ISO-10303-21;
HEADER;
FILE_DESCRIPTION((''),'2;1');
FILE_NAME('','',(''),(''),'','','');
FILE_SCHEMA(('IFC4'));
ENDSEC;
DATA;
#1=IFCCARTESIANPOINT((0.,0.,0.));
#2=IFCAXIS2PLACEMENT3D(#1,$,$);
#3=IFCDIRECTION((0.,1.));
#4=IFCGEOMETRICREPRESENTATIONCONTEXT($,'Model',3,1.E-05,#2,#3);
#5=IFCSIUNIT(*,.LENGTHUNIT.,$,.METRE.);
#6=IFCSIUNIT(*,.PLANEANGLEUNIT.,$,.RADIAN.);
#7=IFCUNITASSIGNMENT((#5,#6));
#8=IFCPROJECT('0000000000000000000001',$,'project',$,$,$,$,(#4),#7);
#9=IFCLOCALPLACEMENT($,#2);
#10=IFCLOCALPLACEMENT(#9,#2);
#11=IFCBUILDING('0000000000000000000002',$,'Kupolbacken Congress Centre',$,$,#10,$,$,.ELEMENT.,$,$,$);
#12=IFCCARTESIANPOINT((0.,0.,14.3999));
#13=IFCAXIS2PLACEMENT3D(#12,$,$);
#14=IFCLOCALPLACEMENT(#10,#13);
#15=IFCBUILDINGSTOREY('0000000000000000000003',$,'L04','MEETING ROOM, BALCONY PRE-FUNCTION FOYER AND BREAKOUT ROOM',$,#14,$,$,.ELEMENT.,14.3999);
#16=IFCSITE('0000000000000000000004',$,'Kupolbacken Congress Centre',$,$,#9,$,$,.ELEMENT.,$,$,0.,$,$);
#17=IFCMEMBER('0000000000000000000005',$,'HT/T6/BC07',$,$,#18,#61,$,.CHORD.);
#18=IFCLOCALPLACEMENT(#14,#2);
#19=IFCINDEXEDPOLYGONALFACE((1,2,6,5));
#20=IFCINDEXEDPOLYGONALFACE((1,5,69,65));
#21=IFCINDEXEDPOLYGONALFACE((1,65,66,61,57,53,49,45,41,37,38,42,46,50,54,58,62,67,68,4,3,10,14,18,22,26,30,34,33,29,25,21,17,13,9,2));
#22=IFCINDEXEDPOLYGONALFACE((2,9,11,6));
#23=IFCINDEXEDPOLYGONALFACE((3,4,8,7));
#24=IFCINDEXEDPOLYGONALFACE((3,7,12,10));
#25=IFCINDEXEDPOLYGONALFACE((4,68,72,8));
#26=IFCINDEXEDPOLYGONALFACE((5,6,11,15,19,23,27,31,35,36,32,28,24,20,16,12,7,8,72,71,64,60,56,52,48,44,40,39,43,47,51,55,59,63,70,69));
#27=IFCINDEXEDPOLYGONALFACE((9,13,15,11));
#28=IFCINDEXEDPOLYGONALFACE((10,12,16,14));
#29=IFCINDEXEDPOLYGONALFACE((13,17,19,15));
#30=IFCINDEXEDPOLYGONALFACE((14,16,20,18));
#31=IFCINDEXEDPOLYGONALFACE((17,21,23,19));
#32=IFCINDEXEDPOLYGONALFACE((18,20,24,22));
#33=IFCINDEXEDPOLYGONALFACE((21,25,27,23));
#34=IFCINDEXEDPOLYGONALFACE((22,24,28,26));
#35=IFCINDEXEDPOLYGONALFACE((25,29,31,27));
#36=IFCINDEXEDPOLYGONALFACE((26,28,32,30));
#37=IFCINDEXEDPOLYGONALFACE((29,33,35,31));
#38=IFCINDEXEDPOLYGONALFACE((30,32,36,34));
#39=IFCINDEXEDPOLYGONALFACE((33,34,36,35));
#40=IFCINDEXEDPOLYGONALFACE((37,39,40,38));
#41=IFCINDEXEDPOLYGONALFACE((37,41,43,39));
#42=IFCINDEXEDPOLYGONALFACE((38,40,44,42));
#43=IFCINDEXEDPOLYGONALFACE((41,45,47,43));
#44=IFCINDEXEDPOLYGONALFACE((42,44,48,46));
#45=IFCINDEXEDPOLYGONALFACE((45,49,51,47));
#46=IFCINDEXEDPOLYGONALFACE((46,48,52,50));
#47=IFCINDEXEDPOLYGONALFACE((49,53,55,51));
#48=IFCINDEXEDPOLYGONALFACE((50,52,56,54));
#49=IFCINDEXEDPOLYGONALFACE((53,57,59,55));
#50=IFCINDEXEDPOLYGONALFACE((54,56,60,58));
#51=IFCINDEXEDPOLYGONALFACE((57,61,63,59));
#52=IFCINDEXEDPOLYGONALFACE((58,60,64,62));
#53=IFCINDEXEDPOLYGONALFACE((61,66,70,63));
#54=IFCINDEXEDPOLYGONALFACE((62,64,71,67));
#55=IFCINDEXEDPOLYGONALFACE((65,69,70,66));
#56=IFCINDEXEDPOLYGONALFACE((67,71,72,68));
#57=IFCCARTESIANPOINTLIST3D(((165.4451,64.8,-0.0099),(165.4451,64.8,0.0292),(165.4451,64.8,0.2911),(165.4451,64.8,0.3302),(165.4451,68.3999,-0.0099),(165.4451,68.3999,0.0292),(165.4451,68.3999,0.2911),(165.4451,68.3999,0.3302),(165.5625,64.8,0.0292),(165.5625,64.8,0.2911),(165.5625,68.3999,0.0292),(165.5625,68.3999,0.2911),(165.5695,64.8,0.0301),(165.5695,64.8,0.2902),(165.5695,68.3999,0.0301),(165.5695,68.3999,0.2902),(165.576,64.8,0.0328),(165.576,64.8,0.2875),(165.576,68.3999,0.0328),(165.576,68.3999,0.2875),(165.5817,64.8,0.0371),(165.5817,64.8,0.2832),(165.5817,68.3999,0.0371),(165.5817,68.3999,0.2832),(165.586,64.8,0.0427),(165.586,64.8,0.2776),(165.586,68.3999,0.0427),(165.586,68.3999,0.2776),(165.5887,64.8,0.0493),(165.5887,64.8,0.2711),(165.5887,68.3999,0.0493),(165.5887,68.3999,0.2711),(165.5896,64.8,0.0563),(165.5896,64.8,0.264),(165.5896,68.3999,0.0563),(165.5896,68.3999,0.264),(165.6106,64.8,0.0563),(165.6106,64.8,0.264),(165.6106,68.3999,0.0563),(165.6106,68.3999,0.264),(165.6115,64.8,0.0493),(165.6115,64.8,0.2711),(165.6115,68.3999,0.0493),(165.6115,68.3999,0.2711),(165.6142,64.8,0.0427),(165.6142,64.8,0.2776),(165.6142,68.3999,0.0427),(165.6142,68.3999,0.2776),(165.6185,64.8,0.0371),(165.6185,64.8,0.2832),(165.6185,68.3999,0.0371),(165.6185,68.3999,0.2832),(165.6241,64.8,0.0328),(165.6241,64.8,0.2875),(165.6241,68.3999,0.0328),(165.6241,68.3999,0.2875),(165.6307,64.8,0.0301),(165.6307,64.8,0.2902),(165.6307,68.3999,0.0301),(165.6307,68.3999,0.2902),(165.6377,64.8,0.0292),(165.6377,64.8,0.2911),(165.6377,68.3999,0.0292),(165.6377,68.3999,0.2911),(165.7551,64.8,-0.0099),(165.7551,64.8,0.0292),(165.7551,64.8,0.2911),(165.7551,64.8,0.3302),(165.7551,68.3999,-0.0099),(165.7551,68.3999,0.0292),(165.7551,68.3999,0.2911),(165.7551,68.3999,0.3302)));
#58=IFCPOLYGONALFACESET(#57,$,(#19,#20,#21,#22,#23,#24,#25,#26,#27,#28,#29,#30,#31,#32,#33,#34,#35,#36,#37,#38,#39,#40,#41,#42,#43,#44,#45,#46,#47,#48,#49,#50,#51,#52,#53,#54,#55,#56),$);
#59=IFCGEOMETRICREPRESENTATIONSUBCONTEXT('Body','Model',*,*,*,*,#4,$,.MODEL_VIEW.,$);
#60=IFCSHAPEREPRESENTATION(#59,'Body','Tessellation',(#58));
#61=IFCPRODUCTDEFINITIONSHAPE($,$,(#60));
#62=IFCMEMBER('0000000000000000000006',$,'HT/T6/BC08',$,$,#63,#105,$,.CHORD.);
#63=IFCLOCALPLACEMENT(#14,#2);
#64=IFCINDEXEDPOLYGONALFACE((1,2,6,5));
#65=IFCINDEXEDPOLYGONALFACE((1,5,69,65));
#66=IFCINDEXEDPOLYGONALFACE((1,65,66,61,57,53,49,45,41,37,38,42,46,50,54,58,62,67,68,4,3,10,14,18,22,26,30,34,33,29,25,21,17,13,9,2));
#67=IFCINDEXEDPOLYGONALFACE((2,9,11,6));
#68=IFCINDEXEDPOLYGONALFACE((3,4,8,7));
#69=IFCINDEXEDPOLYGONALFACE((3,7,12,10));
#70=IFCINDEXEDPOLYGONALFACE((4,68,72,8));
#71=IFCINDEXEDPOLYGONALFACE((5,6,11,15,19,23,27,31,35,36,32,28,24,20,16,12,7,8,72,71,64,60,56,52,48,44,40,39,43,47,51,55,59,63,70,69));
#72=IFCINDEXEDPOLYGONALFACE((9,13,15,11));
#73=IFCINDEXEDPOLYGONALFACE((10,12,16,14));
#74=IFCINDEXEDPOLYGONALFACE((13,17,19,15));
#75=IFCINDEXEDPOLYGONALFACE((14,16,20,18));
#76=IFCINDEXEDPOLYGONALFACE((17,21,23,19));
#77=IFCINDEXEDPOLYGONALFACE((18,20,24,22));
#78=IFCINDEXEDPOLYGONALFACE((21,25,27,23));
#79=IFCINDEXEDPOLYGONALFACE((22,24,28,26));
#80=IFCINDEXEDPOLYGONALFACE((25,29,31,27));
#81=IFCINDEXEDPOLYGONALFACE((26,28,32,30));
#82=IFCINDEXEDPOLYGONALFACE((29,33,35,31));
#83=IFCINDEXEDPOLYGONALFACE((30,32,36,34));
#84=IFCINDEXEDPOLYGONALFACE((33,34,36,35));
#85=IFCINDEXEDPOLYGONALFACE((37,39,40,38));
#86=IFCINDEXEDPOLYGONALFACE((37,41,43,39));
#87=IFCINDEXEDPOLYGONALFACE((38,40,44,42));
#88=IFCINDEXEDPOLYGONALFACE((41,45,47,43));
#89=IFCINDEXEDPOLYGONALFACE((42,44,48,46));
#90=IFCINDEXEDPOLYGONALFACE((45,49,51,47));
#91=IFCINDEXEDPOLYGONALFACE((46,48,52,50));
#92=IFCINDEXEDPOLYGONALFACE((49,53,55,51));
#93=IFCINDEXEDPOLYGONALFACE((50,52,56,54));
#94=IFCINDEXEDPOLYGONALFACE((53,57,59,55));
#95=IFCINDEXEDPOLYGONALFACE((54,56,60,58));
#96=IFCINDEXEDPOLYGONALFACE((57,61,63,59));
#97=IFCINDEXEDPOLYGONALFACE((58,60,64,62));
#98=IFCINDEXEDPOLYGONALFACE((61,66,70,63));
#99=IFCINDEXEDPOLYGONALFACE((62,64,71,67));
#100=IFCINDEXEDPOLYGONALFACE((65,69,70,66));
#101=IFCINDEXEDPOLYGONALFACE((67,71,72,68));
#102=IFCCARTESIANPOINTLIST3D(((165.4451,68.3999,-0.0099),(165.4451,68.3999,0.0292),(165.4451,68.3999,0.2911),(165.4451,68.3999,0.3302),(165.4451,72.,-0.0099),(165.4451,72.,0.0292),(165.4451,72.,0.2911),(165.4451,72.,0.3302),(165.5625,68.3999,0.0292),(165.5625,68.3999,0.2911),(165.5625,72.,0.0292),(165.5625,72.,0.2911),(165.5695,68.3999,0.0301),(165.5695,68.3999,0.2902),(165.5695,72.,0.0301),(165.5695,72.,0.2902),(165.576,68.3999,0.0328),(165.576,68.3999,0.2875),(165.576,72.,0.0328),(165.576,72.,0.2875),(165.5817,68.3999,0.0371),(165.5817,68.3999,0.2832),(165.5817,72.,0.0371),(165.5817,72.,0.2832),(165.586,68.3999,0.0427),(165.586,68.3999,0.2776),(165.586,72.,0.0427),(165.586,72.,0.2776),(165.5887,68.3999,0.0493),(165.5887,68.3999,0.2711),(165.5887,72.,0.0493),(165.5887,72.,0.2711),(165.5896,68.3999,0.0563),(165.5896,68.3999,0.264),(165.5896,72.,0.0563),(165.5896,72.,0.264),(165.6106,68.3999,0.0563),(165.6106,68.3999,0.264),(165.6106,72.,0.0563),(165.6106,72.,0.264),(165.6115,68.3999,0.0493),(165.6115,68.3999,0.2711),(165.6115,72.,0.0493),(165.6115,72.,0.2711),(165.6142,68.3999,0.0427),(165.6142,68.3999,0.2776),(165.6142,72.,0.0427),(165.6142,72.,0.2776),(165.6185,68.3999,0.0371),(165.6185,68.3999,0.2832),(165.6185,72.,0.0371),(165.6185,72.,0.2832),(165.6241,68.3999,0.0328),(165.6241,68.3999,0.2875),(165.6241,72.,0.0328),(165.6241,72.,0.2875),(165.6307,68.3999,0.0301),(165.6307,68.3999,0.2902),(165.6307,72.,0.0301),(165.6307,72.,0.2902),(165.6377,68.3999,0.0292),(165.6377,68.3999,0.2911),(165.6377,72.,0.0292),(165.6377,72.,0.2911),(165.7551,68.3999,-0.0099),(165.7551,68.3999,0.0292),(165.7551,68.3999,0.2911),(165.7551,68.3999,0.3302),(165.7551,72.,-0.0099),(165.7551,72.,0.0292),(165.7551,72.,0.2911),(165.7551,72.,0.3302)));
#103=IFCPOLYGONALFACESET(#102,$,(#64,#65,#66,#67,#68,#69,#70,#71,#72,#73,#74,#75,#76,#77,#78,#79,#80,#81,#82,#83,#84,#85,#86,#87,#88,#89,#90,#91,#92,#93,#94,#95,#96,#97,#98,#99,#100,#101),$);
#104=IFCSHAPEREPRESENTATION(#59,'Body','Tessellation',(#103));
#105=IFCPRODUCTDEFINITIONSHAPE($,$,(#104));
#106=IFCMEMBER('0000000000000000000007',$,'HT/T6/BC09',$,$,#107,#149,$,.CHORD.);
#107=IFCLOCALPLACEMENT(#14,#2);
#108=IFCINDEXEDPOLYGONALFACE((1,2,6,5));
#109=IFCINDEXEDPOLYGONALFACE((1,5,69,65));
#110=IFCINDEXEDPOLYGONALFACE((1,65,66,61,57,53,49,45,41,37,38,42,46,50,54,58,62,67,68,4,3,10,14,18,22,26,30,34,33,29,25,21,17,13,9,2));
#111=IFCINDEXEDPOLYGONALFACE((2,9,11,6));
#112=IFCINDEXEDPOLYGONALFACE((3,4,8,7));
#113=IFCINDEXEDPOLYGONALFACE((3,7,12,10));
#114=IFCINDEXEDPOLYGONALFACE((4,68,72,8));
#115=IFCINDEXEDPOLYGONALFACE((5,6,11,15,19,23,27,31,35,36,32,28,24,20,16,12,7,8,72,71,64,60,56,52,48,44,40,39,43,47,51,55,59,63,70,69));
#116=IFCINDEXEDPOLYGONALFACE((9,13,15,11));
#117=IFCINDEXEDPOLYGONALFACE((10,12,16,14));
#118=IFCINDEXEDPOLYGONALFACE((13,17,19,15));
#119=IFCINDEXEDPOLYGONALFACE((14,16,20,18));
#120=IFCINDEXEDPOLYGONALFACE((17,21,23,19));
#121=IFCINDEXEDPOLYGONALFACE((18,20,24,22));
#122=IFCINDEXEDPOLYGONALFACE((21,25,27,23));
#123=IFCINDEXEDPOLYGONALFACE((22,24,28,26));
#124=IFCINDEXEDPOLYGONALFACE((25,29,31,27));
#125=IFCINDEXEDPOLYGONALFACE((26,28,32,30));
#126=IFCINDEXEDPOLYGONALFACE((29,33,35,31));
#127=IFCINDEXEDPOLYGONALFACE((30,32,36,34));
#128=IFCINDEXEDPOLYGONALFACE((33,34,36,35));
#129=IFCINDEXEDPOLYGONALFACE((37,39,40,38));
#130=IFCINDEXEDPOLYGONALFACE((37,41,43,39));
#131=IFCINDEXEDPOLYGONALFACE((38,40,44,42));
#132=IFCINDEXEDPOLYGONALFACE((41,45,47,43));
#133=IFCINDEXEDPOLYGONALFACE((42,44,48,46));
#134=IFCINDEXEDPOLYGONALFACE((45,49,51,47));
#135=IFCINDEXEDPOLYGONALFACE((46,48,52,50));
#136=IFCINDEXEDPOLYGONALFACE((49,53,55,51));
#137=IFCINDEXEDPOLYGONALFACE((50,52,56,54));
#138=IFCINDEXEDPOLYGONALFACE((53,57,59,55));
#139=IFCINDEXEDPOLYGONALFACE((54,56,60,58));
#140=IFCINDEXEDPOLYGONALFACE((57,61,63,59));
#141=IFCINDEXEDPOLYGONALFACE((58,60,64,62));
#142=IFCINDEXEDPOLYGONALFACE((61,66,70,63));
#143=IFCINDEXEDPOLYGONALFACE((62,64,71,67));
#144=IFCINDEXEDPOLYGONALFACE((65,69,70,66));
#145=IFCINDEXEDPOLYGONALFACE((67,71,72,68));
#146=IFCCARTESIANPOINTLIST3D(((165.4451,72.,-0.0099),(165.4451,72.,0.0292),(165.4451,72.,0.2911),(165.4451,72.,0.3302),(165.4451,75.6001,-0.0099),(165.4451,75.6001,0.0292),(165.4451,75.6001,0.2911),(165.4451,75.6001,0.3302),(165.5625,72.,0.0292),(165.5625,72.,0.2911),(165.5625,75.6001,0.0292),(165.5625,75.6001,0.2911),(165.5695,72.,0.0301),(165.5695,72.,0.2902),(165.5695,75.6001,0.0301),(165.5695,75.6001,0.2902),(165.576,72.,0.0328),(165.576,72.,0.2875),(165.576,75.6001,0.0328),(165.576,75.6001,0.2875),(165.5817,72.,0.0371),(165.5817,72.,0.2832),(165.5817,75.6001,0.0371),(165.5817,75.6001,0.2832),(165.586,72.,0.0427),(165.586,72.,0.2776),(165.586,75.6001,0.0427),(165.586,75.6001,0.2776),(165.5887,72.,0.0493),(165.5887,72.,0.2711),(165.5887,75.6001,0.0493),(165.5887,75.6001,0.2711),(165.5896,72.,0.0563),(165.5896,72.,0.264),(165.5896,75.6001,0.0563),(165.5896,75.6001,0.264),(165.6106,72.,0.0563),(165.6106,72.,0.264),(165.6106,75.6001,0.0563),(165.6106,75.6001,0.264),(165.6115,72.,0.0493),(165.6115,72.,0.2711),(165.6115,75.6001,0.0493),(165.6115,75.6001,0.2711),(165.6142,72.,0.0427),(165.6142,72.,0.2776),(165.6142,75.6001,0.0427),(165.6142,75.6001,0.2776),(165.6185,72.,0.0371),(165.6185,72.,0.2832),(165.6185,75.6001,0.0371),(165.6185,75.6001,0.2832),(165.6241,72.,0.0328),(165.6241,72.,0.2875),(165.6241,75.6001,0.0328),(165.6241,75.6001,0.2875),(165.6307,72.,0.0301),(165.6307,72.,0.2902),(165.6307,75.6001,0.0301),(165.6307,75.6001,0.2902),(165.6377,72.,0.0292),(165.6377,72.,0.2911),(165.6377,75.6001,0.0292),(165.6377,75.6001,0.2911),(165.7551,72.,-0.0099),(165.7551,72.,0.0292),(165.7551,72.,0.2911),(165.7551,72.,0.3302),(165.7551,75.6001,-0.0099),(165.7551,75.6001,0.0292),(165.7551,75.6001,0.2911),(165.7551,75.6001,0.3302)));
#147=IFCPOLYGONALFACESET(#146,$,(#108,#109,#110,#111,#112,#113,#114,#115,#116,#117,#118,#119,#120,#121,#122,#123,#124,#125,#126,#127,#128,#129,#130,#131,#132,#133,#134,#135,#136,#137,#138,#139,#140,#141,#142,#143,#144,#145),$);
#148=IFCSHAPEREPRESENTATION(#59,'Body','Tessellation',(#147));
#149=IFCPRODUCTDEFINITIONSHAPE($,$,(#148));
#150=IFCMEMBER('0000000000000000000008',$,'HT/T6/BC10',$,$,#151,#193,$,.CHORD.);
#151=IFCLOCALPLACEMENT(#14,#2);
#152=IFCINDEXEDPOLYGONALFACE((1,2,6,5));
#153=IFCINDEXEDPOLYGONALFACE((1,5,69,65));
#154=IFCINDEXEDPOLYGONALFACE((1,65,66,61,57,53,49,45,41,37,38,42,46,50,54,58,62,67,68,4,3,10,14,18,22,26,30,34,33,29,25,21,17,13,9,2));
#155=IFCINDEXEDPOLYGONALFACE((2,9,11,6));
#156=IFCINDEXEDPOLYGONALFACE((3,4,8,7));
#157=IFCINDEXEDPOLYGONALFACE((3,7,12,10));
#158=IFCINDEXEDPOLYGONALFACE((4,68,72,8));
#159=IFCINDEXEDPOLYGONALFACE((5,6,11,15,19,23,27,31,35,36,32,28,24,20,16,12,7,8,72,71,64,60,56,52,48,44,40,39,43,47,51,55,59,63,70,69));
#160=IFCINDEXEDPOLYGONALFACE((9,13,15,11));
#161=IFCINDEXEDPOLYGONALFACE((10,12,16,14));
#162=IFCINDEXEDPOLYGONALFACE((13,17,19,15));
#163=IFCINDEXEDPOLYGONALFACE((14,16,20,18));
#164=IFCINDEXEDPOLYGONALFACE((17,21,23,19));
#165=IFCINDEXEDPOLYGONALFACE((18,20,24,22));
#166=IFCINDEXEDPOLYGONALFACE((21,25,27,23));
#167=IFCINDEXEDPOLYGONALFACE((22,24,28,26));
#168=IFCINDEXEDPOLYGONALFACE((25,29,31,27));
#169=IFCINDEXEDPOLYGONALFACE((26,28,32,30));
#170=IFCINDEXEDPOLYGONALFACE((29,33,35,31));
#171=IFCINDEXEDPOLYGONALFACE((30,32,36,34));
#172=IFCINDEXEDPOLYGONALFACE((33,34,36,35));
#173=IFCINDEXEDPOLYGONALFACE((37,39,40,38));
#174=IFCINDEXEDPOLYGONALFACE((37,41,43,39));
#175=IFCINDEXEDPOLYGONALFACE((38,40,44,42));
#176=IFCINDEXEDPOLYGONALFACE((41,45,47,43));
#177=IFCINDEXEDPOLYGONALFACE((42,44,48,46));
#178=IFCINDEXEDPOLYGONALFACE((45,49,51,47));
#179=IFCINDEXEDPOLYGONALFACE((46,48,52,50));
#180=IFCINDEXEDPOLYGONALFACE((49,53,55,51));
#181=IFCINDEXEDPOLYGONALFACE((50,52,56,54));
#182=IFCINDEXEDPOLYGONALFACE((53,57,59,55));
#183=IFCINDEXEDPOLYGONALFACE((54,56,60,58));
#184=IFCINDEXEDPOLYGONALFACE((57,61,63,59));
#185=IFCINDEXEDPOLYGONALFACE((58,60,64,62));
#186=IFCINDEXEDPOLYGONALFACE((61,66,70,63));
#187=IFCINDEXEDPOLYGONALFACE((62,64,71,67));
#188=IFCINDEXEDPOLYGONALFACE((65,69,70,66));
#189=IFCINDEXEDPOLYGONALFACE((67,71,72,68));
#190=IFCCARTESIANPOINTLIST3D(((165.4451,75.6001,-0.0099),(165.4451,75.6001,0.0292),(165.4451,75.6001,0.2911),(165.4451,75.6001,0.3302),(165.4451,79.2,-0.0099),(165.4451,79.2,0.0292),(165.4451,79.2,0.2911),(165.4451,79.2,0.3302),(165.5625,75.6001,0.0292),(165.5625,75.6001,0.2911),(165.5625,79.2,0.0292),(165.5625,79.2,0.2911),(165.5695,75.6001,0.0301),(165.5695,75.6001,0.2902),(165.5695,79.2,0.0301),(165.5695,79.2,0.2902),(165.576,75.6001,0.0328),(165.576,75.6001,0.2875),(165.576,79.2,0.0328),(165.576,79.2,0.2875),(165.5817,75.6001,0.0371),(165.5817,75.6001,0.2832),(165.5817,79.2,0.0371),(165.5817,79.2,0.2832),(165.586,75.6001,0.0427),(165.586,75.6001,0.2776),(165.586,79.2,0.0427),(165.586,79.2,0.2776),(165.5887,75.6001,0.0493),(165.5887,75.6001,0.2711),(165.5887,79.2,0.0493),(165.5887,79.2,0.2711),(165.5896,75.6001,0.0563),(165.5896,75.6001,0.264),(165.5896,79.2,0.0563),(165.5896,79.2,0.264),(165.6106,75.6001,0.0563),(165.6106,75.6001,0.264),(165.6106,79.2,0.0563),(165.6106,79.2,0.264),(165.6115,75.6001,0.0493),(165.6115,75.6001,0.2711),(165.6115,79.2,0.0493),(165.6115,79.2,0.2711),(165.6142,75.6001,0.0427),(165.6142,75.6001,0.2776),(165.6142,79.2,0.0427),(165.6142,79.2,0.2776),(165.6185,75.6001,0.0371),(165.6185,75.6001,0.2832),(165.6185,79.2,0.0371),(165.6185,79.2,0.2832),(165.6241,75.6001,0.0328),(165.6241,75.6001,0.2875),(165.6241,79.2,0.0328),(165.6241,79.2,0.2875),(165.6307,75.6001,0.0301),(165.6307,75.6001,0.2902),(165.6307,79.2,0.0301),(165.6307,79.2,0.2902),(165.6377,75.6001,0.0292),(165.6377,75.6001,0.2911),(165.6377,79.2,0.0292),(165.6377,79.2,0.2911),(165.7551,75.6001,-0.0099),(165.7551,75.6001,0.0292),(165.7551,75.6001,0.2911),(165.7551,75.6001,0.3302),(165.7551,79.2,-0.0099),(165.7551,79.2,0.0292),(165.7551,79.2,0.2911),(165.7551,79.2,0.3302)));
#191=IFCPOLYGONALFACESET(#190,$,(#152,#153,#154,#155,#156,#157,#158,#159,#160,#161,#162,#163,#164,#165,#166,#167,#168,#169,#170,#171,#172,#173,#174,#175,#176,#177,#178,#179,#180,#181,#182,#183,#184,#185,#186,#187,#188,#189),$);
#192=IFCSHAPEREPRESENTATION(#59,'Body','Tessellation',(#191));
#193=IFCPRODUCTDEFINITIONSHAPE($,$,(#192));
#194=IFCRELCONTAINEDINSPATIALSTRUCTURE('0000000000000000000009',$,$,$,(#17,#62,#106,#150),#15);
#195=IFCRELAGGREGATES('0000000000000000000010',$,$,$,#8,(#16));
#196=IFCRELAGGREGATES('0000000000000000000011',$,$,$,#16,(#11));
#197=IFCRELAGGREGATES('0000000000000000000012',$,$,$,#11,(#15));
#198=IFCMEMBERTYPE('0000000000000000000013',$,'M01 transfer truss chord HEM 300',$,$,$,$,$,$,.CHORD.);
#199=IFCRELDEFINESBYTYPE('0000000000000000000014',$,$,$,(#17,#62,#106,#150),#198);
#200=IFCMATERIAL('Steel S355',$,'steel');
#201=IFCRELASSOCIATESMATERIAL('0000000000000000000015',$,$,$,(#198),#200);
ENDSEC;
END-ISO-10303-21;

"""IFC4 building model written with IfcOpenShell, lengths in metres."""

from ifc_helpers import new_model, si_unit, direction, frame, origin, origin_2d, place, context, subcontext, project, spatial, i_section, extrude, material, material_profile, profile_set, type_object, element, save


model = new_model("IFC4")

# Units and contexts
model_context = context("Model", 3, precision=1e-05, world=origin(), true_north=direction((0.0, 1.0)))
body_context = subcontext(model_context, "Body", "Model", "MODEL_VIEW")
ifc_project = project(units=[si_unit("LENGTHUNIT", "METRE"), si_unit("PLANEANGLEUNIT", "RADIAN")], contexts=[model_context])

# Site, building, storey
site_placement = place(None, origin())
site = spatial("IfcSite", under=ifc_project, at=site_placement, Name="Kupolbacken Congress Centre", CompositionType="ELEMENT", RefElevation=0.0)
building_placement = place(site_placement, origin())
building = spatial("IfcBuilding", under=site, at=building_placement, Name="Kupolbacken Congress Centre", CompositionType="ELEMENT")
storey_placement = place(building_placement, frame((0.0, 0.0, 14.3999)))
storey = spatial("IfcBuildingStorey", under=building, at=storey_placement, Name="L04", Description="MEETING ROOM, BALCONY PRE-FUNCTION FOYER AND BREAKOUT ROOM", CompositionType="ELEMENT", Elevation=14.3999)

# Members
ifc_material_1 = material(Name="Steel S355", Category="steel")
ifc_material_profile_1 = material_profile(ifc_material_1, i_section(OverallWidth=0.3101, OverallDepth=0.3401, WebThickness=0.021, FlangeThickness=0.0391, FilletRadius=0.0271, at=origin_2d()), Name="HEM 300")
ifc_profile_set_1 = profile_set([ifc_material_profile_1], Name="Steel S355")
member_type_1 = type_object("IfcMemberType", Name="M01 transfer truss chord HEM 300", PredefinedType="CHORD", material=ifc_profile_set_1)
member_1_placement = place(storey_placement, frame((165.6001, 64.8, 0.1602), z_axis=(0.0, 1.0, 0.0), x_axis=(-1.0, 0.0, 0.0)))
element("IfcMember", 1, at=member_1_placement, inside=storey, type_object=member_type_1, Name="HT/T6/BC07", PredefinedType="CHORD", context=body_context, shape_type="SweptSolid", body=[
    extrude(i_section(OverallWidth=0.3101, OverallDepth=0.3401, WebThickness=0.021, FlangeThickness=0.0391, FilletRadius=0.0271, at=origin_2d()), origin(), (0.0, 0.0, 1.0), 3.5999),
])
for number, where, z_axis, x_axis, name in (
    (2, (165.6001, 68.3999, 0.1602), (0.0, 1.0, 0.0), (-1.0, 0.0, 0.0), "HT/T6/BC08"),
    (3, (165.6001, 72.0, 0.1602), (0.0, 1.0, 0.0), (-1.0, 0.0, 0.0), "HT/T6/BC09"),
):
    element("IfcMember", number, at=place(storey_placement, frame(where, z_axis=z_axis, x_axis=x_axis)), inside=storey, type_object=member_type_1, Name=name, PredefinedType="CHORD", context=body_context, shape_type="SweptSolid", body=[
        extrude(i_section(OverallWidth=0.3101, OverallDepth=0.3401, WebThickness=0.021, FlangeThickness=0.0391, FilletRadius=0.0271, at=origin_2d()), origin(), (0.0, 0.0, 1.0), 3.6001),
    ])
member_2_placement = place(storey_placement, frame((165.6001, 75.6001, 0.1602), z_axis=(0.0, 1.0, 0.0), x_axis=(-1.0, 0.0, 0.0)))
element("IfcMember", 4, at=member_2_placement, inside=storey, type_object=member_type_1, Name="HT/T6/BC10", PredefinedType="CHORD", context=body_context, shape_type="SweptSolid", body=[
    extrude(i_section(OverallWidth=0.3101, OverallDepth=0.3401, WebThickness=0.021, FlangeThickness=0.0391, FilletRadius=0.0271, at=origin_2d()), origin(), (0.0, 0.0, 1.0), 3.5999),
])

save(model, "model.ifc")
